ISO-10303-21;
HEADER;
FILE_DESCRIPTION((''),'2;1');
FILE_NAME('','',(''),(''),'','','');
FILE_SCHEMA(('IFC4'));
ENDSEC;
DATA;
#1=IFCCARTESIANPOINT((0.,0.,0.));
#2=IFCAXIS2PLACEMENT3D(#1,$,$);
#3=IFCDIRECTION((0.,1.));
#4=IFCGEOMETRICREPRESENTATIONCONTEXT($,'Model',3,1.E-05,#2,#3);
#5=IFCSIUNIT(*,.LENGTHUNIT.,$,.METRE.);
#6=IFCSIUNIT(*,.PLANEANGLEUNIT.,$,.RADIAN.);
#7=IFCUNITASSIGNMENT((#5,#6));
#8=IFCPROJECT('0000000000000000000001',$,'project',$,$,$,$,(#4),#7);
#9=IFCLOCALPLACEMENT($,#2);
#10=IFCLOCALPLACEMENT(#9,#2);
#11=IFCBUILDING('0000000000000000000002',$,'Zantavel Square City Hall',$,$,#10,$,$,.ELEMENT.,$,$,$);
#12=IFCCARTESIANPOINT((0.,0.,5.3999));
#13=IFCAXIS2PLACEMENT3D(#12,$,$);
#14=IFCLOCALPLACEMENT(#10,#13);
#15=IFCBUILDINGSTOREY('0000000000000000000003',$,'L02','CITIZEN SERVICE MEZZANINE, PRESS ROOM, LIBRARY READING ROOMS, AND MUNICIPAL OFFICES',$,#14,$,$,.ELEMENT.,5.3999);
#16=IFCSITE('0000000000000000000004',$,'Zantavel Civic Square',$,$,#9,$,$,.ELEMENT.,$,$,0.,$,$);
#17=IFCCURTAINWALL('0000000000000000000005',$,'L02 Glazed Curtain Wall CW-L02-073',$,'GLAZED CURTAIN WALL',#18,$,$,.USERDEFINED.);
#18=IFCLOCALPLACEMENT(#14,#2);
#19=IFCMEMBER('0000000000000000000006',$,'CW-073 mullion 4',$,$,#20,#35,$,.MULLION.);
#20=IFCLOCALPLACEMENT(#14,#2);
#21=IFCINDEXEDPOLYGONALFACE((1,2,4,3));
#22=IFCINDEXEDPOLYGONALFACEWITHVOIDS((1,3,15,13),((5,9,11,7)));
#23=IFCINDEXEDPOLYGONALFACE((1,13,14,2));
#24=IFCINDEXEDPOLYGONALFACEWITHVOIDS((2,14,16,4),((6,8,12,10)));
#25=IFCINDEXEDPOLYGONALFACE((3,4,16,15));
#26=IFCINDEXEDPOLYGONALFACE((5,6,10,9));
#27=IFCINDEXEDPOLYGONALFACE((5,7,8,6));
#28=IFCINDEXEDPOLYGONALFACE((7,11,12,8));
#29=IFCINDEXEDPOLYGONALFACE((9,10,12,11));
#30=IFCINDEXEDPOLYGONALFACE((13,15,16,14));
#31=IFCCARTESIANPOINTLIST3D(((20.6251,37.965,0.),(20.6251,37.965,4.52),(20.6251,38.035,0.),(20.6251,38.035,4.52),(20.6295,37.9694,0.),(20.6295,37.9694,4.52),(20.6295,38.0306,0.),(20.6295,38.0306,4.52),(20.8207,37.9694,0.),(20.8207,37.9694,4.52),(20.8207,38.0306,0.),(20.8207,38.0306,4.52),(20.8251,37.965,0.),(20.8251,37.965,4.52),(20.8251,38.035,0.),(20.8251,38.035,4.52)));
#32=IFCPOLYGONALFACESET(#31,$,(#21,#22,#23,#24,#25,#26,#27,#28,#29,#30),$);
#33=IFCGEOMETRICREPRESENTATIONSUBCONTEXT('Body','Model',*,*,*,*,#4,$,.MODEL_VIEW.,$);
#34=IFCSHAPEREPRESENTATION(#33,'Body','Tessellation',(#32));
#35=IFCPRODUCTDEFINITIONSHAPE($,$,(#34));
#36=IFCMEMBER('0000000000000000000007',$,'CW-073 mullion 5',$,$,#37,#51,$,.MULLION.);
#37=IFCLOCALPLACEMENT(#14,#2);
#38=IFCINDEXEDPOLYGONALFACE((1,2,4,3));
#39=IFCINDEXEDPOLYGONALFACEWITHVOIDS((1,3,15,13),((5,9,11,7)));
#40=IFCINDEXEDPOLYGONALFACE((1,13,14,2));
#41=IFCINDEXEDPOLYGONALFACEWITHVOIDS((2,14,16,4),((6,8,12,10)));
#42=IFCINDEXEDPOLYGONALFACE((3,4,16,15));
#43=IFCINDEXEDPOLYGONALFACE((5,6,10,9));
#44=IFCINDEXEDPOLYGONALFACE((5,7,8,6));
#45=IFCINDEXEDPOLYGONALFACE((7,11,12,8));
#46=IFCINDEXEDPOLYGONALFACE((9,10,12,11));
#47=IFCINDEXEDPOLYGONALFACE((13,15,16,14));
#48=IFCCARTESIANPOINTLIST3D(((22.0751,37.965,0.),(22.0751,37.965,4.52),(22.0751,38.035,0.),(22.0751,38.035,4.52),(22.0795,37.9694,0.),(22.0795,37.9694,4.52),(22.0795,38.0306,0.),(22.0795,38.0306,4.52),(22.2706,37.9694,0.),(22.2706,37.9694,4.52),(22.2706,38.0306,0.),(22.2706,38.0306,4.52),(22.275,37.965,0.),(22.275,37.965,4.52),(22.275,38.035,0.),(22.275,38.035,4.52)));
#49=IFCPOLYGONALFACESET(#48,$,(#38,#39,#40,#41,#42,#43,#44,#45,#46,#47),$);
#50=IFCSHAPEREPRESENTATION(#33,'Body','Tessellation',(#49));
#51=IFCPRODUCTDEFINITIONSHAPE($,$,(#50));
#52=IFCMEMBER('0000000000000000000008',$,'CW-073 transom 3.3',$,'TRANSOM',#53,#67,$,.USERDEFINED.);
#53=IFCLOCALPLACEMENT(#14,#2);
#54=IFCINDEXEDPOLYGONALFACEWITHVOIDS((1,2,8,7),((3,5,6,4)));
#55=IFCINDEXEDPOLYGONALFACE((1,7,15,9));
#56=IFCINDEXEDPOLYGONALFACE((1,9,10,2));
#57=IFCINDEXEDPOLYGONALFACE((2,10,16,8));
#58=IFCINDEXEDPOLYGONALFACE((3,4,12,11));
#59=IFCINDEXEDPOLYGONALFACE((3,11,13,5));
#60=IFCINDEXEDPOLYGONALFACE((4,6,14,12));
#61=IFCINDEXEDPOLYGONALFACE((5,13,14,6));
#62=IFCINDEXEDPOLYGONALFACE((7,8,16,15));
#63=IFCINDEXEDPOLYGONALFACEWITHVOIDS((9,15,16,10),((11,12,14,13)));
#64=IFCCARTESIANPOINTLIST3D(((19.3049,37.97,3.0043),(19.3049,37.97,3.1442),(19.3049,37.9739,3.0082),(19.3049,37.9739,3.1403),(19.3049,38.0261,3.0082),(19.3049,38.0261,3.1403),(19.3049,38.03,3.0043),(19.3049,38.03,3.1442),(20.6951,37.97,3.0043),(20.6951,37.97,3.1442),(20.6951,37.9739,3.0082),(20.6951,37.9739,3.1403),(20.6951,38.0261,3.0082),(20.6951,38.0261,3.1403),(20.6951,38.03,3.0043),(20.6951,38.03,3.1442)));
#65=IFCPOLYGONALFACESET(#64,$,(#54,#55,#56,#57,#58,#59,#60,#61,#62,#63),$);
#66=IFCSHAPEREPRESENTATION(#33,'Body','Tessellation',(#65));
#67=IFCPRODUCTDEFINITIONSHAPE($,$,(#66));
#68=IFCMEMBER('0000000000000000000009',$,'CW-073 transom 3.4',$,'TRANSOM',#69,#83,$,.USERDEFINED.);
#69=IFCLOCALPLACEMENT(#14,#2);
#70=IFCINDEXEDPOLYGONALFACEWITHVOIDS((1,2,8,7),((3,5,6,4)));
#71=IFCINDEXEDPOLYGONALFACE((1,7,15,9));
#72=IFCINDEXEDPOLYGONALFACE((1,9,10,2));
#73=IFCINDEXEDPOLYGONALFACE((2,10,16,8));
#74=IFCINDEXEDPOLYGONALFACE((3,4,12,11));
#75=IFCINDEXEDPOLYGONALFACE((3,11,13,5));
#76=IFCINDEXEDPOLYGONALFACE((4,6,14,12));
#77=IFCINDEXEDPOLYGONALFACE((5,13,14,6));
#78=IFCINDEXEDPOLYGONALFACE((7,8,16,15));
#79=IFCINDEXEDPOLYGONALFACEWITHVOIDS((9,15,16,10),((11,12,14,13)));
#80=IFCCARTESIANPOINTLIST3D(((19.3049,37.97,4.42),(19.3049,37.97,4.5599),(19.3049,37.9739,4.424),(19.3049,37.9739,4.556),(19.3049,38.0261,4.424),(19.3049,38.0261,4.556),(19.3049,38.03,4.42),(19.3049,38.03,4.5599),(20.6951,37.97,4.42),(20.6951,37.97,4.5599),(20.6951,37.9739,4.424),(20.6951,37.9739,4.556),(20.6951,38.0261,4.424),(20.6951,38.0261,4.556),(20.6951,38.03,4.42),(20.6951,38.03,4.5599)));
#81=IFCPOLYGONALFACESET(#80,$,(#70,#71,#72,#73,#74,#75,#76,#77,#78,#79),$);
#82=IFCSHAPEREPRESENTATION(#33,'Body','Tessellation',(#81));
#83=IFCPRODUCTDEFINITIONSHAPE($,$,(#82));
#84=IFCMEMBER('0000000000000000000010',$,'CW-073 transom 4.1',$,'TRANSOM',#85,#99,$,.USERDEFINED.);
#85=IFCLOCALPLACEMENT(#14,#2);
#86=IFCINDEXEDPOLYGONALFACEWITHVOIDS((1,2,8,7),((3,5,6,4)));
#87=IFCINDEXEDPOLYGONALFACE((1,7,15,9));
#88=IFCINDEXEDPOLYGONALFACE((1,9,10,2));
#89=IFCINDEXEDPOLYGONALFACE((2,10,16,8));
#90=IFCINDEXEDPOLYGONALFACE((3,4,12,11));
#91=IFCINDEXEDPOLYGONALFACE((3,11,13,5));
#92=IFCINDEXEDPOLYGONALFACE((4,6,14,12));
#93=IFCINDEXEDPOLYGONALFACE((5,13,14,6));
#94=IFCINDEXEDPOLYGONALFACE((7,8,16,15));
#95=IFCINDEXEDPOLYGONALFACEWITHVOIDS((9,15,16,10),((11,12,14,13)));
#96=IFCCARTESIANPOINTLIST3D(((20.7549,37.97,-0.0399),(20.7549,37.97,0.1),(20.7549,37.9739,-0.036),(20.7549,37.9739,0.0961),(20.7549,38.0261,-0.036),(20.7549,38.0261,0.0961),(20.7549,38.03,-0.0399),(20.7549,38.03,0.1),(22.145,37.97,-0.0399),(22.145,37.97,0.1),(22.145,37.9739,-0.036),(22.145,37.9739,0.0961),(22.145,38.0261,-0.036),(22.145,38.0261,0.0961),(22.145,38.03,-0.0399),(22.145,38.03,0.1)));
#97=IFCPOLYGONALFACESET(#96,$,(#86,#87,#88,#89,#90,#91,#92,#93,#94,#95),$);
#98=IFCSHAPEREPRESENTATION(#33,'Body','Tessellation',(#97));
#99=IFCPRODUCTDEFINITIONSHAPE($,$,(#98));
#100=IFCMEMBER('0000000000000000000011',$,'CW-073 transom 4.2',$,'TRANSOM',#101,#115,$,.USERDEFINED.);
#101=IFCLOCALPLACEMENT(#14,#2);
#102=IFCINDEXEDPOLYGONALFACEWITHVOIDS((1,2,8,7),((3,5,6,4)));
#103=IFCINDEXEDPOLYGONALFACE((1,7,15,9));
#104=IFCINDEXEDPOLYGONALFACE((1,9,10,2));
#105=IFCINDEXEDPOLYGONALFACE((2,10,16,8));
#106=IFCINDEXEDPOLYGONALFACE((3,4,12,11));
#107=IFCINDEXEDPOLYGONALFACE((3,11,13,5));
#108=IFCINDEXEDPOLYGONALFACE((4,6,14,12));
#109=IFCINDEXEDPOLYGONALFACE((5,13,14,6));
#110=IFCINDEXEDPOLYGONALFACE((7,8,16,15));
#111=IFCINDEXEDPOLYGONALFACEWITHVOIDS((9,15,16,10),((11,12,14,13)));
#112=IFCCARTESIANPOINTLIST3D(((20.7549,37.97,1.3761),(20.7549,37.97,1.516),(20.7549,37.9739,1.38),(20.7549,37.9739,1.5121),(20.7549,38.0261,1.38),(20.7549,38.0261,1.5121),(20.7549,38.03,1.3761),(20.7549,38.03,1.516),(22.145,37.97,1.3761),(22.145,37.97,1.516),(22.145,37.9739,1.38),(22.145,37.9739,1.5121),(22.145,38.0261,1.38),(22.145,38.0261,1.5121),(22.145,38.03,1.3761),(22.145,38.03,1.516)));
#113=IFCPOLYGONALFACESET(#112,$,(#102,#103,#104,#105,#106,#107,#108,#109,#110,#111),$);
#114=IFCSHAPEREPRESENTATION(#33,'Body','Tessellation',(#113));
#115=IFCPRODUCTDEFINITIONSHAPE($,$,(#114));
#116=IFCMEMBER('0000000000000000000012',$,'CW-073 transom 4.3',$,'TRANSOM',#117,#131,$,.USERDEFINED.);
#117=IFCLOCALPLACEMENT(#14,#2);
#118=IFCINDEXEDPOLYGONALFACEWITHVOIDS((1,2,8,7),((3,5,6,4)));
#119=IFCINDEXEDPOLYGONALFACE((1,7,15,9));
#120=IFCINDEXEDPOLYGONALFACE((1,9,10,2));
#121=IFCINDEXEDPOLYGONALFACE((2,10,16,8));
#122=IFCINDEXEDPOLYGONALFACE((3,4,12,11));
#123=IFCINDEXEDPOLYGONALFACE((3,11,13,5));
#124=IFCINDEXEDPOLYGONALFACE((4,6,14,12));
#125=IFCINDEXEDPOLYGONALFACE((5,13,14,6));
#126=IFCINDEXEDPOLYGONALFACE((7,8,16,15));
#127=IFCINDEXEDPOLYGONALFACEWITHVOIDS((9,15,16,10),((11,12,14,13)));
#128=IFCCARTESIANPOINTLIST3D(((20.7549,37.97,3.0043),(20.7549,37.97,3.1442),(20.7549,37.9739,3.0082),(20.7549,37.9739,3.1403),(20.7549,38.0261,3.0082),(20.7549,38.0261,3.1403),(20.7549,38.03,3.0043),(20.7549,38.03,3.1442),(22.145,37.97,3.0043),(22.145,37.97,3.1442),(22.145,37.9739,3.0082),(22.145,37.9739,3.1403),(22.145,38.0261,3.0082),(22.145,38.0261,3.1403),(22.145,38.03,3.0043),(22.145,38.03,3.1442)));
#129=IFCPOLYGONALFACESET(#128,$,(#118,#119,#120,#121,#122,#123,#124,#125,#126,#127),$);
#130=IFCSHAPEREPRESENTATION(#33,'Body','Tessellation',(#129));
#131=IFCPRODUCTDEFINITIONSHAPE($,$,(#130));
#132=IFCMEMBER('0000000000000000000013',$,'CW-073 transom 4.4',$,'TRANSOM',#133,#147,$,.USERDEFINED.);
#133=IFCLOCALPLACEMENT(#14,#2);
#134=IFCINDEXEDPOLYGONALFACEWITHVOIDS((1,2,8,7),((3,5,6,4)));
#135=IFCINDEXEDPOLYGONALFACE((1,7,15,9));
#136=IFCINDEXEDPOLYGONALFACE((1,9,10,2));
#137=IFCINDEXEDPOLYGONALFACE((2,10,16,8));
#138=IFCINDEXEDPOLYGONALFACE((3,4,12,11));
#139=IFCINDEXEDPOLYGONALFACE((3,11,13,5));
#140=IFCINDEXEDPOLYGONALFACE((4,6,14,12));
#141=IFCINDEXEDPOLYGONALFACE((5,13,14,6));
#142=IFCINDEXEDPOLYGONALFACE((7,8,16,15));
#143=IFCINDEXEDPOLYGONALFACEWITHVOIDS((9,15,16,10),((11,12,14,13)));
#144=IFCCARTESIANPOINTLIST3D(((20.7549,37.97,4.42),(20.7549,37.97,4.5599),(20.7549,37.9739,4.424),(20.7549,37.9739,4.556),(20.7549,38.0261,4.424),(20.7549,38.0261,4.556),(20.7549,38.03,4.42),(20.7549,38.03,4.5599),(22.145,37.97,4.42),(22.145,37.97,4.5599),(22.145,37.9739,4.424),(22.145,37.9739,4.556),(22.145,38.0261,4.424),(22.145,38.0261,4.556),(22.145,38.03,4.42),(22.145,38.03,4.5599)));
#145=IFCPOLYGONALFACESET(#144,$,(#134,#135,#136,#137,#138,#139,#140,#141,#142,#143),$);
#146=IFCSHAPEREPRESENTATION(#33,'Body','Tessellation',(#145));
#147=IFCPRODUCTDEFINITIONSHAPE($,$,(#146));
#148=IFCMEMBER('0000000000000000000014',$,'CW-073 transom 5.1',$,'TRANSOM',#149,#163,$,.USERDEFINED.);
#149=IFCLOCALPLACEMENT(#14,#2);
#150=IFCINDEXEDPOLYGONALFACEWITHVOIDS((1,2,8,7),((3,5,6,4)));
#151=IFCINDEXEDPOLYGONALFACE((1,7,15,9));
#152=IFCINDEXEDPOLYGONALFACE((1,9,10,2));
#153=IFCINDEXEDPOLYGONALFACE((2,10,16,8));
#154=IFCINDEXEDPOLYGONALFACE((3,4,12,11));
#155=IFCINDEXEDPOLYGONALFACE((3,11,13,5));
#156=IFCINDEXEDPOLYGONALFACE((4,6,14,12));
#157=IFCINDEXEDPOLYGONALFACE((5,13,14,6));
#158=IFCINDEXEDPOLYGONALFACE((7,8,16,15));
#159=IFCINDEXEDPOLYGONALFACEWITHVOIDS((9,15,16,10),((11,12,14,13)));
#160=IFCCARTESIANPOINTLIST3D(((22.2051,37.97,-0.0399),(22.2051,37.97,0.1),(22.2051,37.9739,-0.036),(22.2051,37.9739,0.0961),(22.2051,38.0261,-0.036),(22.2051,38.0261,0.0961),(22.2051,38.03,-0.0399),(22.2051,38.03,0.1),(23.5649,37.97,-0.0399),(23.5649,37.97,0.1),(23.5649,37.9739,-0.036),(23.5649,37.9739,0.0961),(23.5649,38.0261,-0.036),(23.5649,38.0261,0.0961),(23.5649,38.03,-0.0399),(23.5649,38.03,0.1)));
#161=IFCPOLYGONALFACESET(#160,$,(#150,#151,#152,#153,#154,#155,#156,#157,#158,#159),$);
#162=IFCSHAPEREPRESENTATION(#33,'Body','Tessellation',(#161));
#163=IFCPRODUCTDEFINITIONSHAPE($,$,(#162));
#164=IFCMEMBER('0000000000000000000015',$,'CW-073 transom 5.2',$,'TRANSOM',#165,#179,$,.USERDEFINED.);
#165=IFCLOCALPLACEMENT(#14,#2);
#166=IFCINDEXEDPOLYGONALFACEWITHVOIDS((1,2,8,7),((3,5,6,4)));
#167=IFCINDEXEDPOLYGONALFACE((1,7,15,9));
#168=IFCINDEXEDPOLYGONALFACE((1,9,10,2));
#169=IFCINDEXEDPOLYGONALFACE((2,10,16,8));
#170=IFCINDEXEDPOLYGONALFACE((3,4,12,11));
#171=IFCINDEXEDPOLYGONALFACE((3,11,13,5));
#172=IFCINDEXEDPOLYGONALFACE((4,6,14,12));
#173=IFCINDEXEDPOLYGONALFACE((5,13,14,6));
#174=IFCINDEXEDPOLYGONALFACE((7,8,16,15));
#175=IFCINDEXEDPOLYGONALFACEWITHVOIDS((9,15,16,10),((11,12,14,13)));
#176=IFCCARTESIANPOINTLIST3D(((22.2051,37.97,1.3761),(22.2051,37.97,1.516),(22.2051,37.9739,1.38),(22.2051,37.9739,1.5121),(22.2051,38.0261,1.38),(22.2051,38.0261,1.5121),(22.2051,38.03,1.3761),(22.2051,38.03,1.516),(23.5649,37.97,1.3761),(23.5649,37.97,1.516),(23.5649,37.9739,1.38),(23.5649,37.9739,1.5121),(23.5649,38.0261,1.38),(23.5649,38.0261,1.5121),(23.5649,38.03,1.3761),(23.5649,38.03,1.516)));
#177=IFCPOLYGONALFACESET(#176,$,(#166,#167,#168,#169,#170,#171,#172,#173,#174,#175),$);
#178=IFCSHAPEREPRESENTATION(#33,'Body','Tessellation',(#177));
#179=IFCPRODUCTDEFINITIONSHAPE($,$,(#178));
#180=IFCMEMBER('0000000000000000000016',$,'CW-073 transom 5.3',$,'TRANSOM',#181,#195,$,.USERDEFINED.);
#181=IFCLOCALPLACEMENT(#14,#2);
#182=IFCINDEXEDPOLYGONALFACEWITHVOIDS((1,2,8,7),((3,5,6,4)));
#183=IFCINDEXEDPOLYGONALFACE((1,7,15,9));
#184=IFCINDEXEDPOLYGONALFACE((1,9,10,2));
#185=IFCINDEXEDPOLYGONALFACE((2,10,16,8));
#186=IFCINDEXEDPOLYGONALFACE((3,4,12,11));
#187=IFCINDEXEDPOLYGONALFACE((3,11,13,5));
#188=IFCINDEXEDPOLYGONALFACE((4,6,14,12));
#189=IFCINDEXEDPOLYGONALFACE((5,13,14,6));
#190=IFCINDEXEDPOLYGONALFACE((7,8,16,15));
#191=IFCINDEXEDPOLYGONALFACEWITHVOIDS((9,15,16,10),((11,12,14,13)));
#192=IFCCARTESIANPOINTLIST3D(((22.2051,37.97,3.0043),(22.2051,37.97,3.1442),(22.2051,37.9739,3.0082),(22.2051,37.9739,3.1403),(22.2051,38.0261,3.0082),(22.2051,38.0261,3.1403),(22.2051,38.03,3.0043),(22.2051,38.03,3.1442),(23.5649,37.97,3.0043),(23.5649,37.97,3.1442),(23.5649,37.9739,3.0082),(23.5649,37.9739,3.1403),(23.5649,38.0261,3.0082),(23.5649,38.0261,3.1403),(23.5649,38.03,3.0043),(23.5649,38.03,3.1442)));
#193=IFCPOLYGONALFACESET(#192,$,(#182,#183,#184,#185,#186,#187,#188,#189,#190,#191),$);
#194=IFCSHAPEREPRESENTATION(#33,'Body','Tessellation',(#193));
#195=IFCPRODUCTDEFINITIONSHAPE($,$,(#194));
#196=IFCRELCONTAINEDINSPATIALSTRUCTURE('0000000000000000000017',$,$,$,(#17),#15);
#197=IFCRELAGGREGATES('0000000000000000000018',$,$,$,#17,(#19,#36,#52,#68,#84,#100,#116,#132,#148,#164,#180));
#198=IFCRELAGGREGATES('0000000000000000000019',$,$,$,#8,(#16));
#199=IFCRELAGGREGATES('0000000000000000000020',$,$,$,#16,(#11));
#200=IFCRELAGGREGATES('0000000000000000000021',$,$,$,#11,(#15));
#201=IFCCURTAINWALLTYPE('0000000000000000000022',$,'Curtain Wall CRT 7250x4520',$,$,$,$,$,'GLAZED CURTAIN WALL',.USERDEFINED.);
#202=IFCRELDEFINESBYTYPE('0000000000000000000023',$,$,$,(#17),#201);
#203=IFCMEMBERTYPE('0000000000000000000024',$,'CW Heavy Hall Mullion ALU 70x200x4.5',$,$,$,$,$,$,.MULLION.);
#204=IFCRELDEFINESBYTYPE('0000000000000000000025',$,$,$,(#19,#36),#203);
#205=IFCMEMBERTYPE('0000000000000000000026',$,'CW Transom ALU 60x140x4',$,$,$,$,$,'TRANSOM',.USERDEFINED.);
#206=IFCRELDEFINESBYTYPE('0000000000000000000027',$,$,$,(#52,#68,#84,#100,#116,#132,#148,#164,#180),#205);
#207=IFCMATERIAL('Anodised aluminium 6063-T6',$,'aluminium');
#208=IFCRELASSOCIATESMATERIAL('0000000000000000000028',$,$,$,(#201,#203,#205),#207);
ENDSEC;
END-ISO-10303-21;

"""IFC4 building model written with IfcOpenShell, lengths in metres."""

from ifc_helpers import new_model, si_unit, direction, frame, origin, origin_2d, place, context, subcontext, project, spatial, hollow_rectangle, extrude, material, material_profile, profile_set, type_object, element, aggregate, save


model = new_model("IFC4")

# Units and contexts
model_context = context("Model", 3, precision=1e-05, world=origin(), true_north=direction((0.0, 1.0)))
body_context = subcontext(model_context, "Body", "Model", "MODEL_VIEW")
ifc_project = project(units=[si_unit("LENGTHUNIT", "METRE"), si_unit("PLANEANGLEUNIT", "RADIAN")], contexts=[model_context])

# Site, building, storey
site_placement = place(None, origin())
site = spatial("IfcSite", under=ifc_project, at=site_placement, Name="Zantavel Civic Square", CompositionType="ELEMENT", RefElevation=0.0)
building_placement = place(site_placement, origin())
building = spatial("IfcBuilding", under=site, at=building_placement, Name="Zantavel Square City Hall", CompositionType="ELEMENT")
storey_placement = place(building_placement, frame((0.0, 0.0, 5.3999)))
storey = spatial("IfcBuildingStorey", under=building, at=storey_placement, Name="L02", Description="CITIZEN SERVICE MEZZANINE, PRESS ROOM, LIBRARY READING ROOMS, AND MUNICIPAL OFFICES", CompositionType="ELEMENT", Elevation=5.3999)

# Curtain wall, members
ifc_material_1 = material(Name="Anodised aluminium 6063-T6", Category="aluminium")
curtain_wall_type = type_object("IfcCurtainWallType", Name="Curtain Wall CRT 7250x4520", ElementType="GLAZED CURTAIN WALL", PredefinedType="USERDEFINED", material=ifc_material_1)
curtain_wall_placement = place(storey_placement, origin())
curtain_wall = element("IfcCurtainWall", 1, at=curtain_wall_placement, inside=storey, type_object=curtain_wall_type, Name="L02 Glazed Curtain Wall CW-L02-073", ObjectType="GLAZED CURTAIN WALL", PredefinedType="USERDEFINED")
ifc_material_profile_1 = material_profile(ifc_material_1, hollow_rectangle(XDim=0.0701, YDim=0.2, WallThickness=0.0044, at=origin_2d()), Name="ALU 70x200x4.5")
ifc_profile_set_1 = profile_set([ifc_material_profile_1], Name="Anodised aluminium 6063-T6")
member_type_1 = type_object("IfcMemberType", Name="CW Heavy Hall Mullion ALU 70x200x4.5", PredefinedType="MULLION", material=ifc_profile_set_1)
member_1_placement = place(storey_placement, frame((20.7251, 38.0, 0.0), z_axis=(0.0, 0.0, 1.0), x_axis=(0.0, 1.0, 0.0)))
member_1 = element("IfcMember", 2, at=member_1_placement, type_object=member_type_1, Name="CW-073 mullion 4", PredefinedType="MULLION", context=body_context, shape_type="SweptSolid", body=[
    extrude(hollow_rectangle(XDim=0.0701, YDim=0.2, WallThickness=0.0044, at=origin_2d()), origin(), (0.0, 0.0, 1.0), 4.52),
])
member_2_placement = place(storey_placement, frame((22.175, 38.0, 0.0), z_axis=(0.0, 0.0, 1.0), x_axis=(0.0, 1.0, 0.0)))
member_2 = element("IfcMember", 3, at=member_2_placement, type_object=member_type_1, Name="CW-073 mullion 5", PredefinedType="MULLION", context=body_context, shape_type="SweptSolid", body=[
    extrude(hollow_rectangle(XDim=0.0701, YDim=0.2, WallThickness=0.0044, at=origin_2d()), origin(), (0.0, 0.0, 1.0), 4.52),
])
ifc_material_profile_2 = material_profile(ifc_material_1, hollow_rectangle(XDim=0.0601, YDim=0.1399, WallThickness=0.0039, at=origin_2d()), Name="ALU 60x140x4")
ifc_profile_set_2 = profile_set([ifc_material_profile_2], Name="Anodised aluminium 6063-T6")
member_type_2 = type_object("IfcMemberType", Name="CW Transom ALU 60x140x4", ElementType="TRANSOM", PredefinedType="USERDEFINED", material=ifc_profile_set_2)
member_3_placement = place(storey_placement, frame((19.3049, 38.0, 3.0742), z_axis=(1.0, 0.0, 0.0), x_axis=(0.0, 1.0, 0.0)))
member_3 = element("IfcMember", 4, at=member_3_placement, type_object=member_type_2, Name="CW-073 transom 3.3", ObjectType="TRANSOM", PredefinedType="USERDEFINED", context=body_context, shape_type="SweptSolid", body=[
    extrude(hollow_rectangle(XDim=0.0601, YDim=0.1399, WallThickness=0.0039, at=origin_2d()), origin(), (0.0, 0.0, 1.0), 1.3901),
])
member_4_placement = place(storey_placement, frame((19.3049, 38.0, 4.49), z_axis=(1.0, 0.0, 0.0), x_axis=(0.0, 1.0, 0.0)))
member_4 = element("IfcMember", 5, at=member_4_placement, type_object=member_type_2, Name="CW-073 transom 3.4", ObjectType="TRANSOM", PredefinedType="USERDEFINED", context=body_context, shape_type="SweptSolid", body=[
    extrude(hollow_rectangle(XDim=0.0601, YDim=0.1399, WallThickness=0.0039, at=origin_2d()), origin(), (0.0, 0.0, 1.0), 1.3901),
])
member_5_placement = place(storey_placement, frame((20.7549, 38.0, 0.03), z_axis=(1.0, 0.0, 0.0), x_axis=(0.0, 1.0, 0.0)))
member_5 = element("IfcMember", 6, at=member_5_placement, type_object=member_type_2, Name="CW-073 transom 4.1", ObjectType="TRANSOM", PredefinedType="USERDEFINED", context=body_context, shape_type="SweptSolid", body=[
    extrude(hollow_rectangle(XDim=0.0601, YDim=0.1399, WallThickness=0.0039, at=origin_2d()), origin(), (0.0, 0.0, 1.0), 1.3901),
])
member_6_placement = place(storey_placement, frame((20.7549, 38.0, 1.446), z_axis=(1.0, 0.0, 0.0), x_axis=(0.0, 1.0, 0.0)))
member_6 = element("IfcMember", 7, at=member_6_placement, type_object=member_type_2, Name="CW-073 transom 4.2", ObjectType="TRANSOM", PredefinedType="USERDEFINED", context=body_context, shape_type="SweptSolid", body=[
    extrude(hollow_rectangle(XDim=0.0601, YDim=0.1399, WallThickness=0.0039, at=origin_2d()), origin(), (0.0, 0.0, 1.0), 1.3901),
])
member_7_placement = place(storey_placement, frame((20.7549, 38.0, 3.0742), z_axis=(1.0, 0.0, 0.0), x_axis=(0.0, 1.0, 0.0)))
member_7 = element("IfcMember", 8, at=member_7_placement, type_object=member_type_2, Name="CW-073 transom 4.3", ObjectType="TRANSOM", PredefinedType="USERDEFINED", context=body_context, shape_type="SweptSolid", body=[
    extrude(hollow_rectangle(XDim=0.0601, YDim=0.1399, WallThickness=0.0039, at=origin_2d()), origin(), (0.0, 0.0, 1.0), 1.3901),
])
member_8_placement = place(storey_placement, frame((20.7549, 38.0, 4.49), z_axis=(1.0, 0.0, 0.0), x_axis=(0.0, 1.0, 0.0)))
member_8 = element("IfcMember", 9, at=member_8_placement, type_object=member_type_2, Name="CW-073 transom 4.4", ObjectType="TRANSOM", PredefinedType="USERDEFINED", context=body_context, shape_type="SweptSolid", body=[
    extrude(hollow_rectangle(XDim=0.0601, YDim=0.1399, WallThickness=0.0039, at=origin_2d()), origin(), (0.0, 0.0, 1.0), 1.3901),
])
member_9_placement = place(storey_placement, frame((22.2051, 38.0, 0.03), z_axis=(1.0, 0.0, 0.0), x_axis=(0.0, 1.0, 0.0)))
member_9 = element("IfcMember", 10, at=member_9_placement, type_object=member_type_2, Name="CW-073 transom 5.1", ObjectType="TRANSOM", PredefinedType="USERDEFINED", context=body_context, shape_type="SweptSolid", body=[
    extrude(hollow_rectangle(XDim=0.0601, YDim=0.1399, WallThickness=0.0039, at=origin_2d()), origin(), (0.0, 0.0, 1.0), 1.3599),
])
member_10_placement = place(storey_placement, frame((22.2051, 38.0, 1.446), z_axis=(1.0, 0.0, 0.0), x_axis=(0.0, 1.0, 0.0)))
member_10 = element("IfcMember", 11, at=member_10_placement, type_object=member_type_2, Name="CW-073 transom 5.2", ObjectType="TRANSOM", PredefinedType="USERDEFINED", context=body_context, shape_type="SweptSolid", body=[
    extrude(hollow_rectangle(XDim=0.0601, YDim=0.1399, WallThickness=0.0039, at=origin_2d()), origin(), (0.0, 0.0, 1.0), 1.3599),
])
member_11_placement = place(storey_placement, frame((22.2051, 38.0, 3.0742), z_axis=(1.0, 0.0, 0.0), x_axis=(0.0, 1.0, 0.0)))
member_11 = element("IfcMember", 12, at=member_11_placement, type_object=member_type_2, Name="CW-073 transom 5.3", ObjectType="TRANSOM", PredefinedType="USERDEFINED", context=body_context, shape_type="SweptSolid", body=[
    extrude(hollow_rectangle(XDim=0.0601, YDim=0.1399, WallThickness=0.0039, at=origin_2d()), origin(), (0.0, 0.0, 1.0), 1.3599),
])
aggregate(curtain_wall, [member_1, member_2, member_3, member_4, member_5, member_6, member_7, member_8, member_9, member_10, member_11])

save(model, "model.ifc")
